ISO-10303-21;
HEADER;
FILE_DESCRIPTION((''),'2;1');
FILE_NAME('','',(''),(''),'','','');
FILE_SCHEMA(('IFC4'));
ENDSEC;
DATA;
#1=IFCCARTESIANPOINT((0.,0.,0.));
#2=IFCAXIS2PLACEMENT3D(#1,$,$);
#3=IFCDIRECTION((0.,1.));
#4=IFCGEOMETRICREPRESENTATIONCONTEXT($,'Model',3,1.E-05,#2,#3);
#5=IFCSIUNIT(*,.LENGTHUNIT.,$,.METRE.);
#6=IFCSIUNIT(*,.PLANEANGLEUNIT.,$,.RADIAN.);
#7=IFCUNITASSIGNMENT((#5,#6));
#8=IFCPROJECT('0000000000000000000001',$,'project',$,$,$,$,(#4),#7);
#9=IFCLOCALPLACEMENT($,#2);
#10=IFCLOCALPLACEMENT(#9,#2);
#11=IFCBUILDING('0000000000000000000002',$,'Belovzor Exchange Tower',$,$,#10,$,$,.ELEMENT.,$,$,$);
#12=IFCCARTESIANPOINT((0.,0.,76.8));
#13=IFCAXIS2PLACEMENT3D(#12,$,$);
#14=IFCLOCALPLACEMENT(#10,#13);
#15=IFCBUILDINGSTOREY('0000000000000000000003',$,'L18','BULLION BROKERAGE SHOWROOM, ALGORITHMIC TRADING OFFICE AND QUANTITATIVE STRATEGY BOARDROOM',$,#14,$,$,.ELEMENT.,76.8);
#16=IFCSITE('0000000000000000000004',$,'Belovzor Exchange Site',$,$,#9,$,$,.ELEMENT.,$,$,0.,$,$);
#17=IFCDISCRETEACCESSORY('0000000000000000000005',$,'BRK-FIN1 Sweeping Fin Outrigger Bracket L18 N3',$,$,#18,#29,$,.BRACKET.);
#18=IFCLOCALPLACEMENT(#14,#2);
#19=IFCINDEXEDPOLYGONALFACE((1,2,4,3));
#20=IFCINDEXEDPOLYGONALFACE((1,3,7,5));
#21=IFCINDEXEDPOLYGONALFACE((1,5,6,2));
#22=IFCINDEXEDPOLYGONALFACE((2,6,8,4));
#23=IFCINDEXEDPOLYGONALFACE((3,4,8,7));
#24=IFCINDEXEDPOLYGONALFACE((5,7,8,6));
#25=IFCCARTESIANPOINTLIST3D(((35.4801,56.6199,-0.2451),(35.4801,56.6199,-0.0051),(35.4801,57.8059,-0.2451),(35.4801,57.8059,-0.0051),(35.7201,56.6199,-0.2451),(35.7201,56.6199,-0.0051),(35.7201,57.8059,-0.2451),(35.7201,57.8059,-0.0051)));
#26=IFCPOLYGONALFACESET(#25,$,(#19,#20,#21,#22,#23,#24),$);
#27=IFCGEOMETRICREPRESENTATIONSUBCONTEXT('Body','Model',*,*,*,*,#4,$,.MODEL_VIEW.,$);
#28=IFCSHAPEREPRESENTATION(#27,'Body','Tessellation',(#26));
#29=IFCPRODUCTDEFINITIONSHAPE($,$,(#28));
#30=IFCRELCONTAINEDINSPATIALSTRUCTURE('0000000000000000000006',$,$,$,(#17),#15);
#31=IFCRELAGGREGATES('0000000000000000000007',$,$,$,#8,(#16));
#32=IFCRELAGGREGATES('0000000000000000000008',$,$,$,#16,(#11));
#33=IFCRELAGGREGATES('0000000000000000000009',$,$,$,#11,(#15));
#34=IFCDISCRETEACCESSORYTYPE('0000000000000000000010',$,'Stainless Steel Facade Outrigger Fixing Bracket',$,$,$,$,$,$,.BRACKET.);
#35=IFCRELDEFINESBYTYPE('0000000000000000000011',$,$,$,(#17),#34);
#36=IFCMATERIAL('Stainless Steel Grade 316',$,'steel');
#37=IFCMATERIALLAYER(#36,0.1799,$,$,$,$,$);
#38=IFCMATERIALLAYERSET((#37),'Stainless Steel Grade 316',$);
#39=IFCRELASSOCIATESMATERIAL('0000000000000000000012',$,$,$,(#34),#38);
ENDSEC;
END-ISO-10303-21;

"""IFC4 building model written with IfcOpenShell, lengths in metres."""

from ifc_helpers import new_model, si_unit, direction, frame, origin, origin_2d, place, context, subcontext, project, spatial, rectangle, extrude, material, layer, layer_set, type_object, element, save


model = new_model("IFC4")

# Units and contexts
model_context = context("Model", 3, precision=1e-05, world=origin(), true_north=direction((0.0, 1.0)))
body_context = subcontext(model_context, "Body", "Model", "MODEL_VIEW")
ifc_project = project(units=[si_unit("LENGTHUNIT", "METRE"), si_unit("PLANEANGLEUNIT", "RADIAN")], contexts=[model_context])

# Site, building, storey
site_placement = place(None, origin())
site = spatial("IfcSite", under=ifc_project, at=site_placement, Name="Belovzor Exchange Site", CompositionType="ELEMENT", RefElevation=0.0)
building_placement = place(site_placement, origin())
building = spatial("IfcBuilding", under=site, at=building_placement, Name="Belovzor Exchange Tower", CompositionType="ELEMENT")
storey_placement = place(building_placement, frame((0.0, 0.0, 76.8)))
storey = spatial("IfcBuildingStorey", under=building, at=storey_placement, Name="L18", Description="BULLION BROKERAGE SHOWROOM, ALGORITHMIC TRADING OFFICE AND QUANTITATIVE STRATEGY BOARDROOM", CompositionType="ELEMENT", Elevation=76.8)

# Discrete accessory
ifc_material_1 = material(Name="Stainless Steel Grade 316", Category="steel")
ifc_layer_1 = layer(ifc_material_1, 0.1799)
ifc_layer_set_1 = layer_set([ifc_layer_1], Name="Stainless Steel Grade 316")
discrete_accessory_type = type_object("IfcDiscreteAccessoryType", Name="Stainless Steel Facade Outrigger Fixing Bracket", PredefinedType="BRACKET", material=ifc_layer_set_1)
discrete_accessory_placement = place(storey_placement, frame((35.6001, 57.2129, -0.2451), z_axis=(0.0, 0.0, 1.0), x_axis=(0.0, 1.0, 0.0)))
element("IfcDiscreteAccessory", 1, at=discrete_accessory_placement, inside=storey, type_object=discrete_accessory_type, Name="BRK-FIN1 Sweeping Fin Outrigger Bracket L18 N3", PredefinedType="BRACKET", context=body_context, shape_type="SweptSolid", body=[
    extrude(rectangle(XDim=1.186, YDim=0.24, at=origin_2d()), origin(), (0.0, 0.0, 1.0), 0.24),
])

save(model, "model.ifc")
